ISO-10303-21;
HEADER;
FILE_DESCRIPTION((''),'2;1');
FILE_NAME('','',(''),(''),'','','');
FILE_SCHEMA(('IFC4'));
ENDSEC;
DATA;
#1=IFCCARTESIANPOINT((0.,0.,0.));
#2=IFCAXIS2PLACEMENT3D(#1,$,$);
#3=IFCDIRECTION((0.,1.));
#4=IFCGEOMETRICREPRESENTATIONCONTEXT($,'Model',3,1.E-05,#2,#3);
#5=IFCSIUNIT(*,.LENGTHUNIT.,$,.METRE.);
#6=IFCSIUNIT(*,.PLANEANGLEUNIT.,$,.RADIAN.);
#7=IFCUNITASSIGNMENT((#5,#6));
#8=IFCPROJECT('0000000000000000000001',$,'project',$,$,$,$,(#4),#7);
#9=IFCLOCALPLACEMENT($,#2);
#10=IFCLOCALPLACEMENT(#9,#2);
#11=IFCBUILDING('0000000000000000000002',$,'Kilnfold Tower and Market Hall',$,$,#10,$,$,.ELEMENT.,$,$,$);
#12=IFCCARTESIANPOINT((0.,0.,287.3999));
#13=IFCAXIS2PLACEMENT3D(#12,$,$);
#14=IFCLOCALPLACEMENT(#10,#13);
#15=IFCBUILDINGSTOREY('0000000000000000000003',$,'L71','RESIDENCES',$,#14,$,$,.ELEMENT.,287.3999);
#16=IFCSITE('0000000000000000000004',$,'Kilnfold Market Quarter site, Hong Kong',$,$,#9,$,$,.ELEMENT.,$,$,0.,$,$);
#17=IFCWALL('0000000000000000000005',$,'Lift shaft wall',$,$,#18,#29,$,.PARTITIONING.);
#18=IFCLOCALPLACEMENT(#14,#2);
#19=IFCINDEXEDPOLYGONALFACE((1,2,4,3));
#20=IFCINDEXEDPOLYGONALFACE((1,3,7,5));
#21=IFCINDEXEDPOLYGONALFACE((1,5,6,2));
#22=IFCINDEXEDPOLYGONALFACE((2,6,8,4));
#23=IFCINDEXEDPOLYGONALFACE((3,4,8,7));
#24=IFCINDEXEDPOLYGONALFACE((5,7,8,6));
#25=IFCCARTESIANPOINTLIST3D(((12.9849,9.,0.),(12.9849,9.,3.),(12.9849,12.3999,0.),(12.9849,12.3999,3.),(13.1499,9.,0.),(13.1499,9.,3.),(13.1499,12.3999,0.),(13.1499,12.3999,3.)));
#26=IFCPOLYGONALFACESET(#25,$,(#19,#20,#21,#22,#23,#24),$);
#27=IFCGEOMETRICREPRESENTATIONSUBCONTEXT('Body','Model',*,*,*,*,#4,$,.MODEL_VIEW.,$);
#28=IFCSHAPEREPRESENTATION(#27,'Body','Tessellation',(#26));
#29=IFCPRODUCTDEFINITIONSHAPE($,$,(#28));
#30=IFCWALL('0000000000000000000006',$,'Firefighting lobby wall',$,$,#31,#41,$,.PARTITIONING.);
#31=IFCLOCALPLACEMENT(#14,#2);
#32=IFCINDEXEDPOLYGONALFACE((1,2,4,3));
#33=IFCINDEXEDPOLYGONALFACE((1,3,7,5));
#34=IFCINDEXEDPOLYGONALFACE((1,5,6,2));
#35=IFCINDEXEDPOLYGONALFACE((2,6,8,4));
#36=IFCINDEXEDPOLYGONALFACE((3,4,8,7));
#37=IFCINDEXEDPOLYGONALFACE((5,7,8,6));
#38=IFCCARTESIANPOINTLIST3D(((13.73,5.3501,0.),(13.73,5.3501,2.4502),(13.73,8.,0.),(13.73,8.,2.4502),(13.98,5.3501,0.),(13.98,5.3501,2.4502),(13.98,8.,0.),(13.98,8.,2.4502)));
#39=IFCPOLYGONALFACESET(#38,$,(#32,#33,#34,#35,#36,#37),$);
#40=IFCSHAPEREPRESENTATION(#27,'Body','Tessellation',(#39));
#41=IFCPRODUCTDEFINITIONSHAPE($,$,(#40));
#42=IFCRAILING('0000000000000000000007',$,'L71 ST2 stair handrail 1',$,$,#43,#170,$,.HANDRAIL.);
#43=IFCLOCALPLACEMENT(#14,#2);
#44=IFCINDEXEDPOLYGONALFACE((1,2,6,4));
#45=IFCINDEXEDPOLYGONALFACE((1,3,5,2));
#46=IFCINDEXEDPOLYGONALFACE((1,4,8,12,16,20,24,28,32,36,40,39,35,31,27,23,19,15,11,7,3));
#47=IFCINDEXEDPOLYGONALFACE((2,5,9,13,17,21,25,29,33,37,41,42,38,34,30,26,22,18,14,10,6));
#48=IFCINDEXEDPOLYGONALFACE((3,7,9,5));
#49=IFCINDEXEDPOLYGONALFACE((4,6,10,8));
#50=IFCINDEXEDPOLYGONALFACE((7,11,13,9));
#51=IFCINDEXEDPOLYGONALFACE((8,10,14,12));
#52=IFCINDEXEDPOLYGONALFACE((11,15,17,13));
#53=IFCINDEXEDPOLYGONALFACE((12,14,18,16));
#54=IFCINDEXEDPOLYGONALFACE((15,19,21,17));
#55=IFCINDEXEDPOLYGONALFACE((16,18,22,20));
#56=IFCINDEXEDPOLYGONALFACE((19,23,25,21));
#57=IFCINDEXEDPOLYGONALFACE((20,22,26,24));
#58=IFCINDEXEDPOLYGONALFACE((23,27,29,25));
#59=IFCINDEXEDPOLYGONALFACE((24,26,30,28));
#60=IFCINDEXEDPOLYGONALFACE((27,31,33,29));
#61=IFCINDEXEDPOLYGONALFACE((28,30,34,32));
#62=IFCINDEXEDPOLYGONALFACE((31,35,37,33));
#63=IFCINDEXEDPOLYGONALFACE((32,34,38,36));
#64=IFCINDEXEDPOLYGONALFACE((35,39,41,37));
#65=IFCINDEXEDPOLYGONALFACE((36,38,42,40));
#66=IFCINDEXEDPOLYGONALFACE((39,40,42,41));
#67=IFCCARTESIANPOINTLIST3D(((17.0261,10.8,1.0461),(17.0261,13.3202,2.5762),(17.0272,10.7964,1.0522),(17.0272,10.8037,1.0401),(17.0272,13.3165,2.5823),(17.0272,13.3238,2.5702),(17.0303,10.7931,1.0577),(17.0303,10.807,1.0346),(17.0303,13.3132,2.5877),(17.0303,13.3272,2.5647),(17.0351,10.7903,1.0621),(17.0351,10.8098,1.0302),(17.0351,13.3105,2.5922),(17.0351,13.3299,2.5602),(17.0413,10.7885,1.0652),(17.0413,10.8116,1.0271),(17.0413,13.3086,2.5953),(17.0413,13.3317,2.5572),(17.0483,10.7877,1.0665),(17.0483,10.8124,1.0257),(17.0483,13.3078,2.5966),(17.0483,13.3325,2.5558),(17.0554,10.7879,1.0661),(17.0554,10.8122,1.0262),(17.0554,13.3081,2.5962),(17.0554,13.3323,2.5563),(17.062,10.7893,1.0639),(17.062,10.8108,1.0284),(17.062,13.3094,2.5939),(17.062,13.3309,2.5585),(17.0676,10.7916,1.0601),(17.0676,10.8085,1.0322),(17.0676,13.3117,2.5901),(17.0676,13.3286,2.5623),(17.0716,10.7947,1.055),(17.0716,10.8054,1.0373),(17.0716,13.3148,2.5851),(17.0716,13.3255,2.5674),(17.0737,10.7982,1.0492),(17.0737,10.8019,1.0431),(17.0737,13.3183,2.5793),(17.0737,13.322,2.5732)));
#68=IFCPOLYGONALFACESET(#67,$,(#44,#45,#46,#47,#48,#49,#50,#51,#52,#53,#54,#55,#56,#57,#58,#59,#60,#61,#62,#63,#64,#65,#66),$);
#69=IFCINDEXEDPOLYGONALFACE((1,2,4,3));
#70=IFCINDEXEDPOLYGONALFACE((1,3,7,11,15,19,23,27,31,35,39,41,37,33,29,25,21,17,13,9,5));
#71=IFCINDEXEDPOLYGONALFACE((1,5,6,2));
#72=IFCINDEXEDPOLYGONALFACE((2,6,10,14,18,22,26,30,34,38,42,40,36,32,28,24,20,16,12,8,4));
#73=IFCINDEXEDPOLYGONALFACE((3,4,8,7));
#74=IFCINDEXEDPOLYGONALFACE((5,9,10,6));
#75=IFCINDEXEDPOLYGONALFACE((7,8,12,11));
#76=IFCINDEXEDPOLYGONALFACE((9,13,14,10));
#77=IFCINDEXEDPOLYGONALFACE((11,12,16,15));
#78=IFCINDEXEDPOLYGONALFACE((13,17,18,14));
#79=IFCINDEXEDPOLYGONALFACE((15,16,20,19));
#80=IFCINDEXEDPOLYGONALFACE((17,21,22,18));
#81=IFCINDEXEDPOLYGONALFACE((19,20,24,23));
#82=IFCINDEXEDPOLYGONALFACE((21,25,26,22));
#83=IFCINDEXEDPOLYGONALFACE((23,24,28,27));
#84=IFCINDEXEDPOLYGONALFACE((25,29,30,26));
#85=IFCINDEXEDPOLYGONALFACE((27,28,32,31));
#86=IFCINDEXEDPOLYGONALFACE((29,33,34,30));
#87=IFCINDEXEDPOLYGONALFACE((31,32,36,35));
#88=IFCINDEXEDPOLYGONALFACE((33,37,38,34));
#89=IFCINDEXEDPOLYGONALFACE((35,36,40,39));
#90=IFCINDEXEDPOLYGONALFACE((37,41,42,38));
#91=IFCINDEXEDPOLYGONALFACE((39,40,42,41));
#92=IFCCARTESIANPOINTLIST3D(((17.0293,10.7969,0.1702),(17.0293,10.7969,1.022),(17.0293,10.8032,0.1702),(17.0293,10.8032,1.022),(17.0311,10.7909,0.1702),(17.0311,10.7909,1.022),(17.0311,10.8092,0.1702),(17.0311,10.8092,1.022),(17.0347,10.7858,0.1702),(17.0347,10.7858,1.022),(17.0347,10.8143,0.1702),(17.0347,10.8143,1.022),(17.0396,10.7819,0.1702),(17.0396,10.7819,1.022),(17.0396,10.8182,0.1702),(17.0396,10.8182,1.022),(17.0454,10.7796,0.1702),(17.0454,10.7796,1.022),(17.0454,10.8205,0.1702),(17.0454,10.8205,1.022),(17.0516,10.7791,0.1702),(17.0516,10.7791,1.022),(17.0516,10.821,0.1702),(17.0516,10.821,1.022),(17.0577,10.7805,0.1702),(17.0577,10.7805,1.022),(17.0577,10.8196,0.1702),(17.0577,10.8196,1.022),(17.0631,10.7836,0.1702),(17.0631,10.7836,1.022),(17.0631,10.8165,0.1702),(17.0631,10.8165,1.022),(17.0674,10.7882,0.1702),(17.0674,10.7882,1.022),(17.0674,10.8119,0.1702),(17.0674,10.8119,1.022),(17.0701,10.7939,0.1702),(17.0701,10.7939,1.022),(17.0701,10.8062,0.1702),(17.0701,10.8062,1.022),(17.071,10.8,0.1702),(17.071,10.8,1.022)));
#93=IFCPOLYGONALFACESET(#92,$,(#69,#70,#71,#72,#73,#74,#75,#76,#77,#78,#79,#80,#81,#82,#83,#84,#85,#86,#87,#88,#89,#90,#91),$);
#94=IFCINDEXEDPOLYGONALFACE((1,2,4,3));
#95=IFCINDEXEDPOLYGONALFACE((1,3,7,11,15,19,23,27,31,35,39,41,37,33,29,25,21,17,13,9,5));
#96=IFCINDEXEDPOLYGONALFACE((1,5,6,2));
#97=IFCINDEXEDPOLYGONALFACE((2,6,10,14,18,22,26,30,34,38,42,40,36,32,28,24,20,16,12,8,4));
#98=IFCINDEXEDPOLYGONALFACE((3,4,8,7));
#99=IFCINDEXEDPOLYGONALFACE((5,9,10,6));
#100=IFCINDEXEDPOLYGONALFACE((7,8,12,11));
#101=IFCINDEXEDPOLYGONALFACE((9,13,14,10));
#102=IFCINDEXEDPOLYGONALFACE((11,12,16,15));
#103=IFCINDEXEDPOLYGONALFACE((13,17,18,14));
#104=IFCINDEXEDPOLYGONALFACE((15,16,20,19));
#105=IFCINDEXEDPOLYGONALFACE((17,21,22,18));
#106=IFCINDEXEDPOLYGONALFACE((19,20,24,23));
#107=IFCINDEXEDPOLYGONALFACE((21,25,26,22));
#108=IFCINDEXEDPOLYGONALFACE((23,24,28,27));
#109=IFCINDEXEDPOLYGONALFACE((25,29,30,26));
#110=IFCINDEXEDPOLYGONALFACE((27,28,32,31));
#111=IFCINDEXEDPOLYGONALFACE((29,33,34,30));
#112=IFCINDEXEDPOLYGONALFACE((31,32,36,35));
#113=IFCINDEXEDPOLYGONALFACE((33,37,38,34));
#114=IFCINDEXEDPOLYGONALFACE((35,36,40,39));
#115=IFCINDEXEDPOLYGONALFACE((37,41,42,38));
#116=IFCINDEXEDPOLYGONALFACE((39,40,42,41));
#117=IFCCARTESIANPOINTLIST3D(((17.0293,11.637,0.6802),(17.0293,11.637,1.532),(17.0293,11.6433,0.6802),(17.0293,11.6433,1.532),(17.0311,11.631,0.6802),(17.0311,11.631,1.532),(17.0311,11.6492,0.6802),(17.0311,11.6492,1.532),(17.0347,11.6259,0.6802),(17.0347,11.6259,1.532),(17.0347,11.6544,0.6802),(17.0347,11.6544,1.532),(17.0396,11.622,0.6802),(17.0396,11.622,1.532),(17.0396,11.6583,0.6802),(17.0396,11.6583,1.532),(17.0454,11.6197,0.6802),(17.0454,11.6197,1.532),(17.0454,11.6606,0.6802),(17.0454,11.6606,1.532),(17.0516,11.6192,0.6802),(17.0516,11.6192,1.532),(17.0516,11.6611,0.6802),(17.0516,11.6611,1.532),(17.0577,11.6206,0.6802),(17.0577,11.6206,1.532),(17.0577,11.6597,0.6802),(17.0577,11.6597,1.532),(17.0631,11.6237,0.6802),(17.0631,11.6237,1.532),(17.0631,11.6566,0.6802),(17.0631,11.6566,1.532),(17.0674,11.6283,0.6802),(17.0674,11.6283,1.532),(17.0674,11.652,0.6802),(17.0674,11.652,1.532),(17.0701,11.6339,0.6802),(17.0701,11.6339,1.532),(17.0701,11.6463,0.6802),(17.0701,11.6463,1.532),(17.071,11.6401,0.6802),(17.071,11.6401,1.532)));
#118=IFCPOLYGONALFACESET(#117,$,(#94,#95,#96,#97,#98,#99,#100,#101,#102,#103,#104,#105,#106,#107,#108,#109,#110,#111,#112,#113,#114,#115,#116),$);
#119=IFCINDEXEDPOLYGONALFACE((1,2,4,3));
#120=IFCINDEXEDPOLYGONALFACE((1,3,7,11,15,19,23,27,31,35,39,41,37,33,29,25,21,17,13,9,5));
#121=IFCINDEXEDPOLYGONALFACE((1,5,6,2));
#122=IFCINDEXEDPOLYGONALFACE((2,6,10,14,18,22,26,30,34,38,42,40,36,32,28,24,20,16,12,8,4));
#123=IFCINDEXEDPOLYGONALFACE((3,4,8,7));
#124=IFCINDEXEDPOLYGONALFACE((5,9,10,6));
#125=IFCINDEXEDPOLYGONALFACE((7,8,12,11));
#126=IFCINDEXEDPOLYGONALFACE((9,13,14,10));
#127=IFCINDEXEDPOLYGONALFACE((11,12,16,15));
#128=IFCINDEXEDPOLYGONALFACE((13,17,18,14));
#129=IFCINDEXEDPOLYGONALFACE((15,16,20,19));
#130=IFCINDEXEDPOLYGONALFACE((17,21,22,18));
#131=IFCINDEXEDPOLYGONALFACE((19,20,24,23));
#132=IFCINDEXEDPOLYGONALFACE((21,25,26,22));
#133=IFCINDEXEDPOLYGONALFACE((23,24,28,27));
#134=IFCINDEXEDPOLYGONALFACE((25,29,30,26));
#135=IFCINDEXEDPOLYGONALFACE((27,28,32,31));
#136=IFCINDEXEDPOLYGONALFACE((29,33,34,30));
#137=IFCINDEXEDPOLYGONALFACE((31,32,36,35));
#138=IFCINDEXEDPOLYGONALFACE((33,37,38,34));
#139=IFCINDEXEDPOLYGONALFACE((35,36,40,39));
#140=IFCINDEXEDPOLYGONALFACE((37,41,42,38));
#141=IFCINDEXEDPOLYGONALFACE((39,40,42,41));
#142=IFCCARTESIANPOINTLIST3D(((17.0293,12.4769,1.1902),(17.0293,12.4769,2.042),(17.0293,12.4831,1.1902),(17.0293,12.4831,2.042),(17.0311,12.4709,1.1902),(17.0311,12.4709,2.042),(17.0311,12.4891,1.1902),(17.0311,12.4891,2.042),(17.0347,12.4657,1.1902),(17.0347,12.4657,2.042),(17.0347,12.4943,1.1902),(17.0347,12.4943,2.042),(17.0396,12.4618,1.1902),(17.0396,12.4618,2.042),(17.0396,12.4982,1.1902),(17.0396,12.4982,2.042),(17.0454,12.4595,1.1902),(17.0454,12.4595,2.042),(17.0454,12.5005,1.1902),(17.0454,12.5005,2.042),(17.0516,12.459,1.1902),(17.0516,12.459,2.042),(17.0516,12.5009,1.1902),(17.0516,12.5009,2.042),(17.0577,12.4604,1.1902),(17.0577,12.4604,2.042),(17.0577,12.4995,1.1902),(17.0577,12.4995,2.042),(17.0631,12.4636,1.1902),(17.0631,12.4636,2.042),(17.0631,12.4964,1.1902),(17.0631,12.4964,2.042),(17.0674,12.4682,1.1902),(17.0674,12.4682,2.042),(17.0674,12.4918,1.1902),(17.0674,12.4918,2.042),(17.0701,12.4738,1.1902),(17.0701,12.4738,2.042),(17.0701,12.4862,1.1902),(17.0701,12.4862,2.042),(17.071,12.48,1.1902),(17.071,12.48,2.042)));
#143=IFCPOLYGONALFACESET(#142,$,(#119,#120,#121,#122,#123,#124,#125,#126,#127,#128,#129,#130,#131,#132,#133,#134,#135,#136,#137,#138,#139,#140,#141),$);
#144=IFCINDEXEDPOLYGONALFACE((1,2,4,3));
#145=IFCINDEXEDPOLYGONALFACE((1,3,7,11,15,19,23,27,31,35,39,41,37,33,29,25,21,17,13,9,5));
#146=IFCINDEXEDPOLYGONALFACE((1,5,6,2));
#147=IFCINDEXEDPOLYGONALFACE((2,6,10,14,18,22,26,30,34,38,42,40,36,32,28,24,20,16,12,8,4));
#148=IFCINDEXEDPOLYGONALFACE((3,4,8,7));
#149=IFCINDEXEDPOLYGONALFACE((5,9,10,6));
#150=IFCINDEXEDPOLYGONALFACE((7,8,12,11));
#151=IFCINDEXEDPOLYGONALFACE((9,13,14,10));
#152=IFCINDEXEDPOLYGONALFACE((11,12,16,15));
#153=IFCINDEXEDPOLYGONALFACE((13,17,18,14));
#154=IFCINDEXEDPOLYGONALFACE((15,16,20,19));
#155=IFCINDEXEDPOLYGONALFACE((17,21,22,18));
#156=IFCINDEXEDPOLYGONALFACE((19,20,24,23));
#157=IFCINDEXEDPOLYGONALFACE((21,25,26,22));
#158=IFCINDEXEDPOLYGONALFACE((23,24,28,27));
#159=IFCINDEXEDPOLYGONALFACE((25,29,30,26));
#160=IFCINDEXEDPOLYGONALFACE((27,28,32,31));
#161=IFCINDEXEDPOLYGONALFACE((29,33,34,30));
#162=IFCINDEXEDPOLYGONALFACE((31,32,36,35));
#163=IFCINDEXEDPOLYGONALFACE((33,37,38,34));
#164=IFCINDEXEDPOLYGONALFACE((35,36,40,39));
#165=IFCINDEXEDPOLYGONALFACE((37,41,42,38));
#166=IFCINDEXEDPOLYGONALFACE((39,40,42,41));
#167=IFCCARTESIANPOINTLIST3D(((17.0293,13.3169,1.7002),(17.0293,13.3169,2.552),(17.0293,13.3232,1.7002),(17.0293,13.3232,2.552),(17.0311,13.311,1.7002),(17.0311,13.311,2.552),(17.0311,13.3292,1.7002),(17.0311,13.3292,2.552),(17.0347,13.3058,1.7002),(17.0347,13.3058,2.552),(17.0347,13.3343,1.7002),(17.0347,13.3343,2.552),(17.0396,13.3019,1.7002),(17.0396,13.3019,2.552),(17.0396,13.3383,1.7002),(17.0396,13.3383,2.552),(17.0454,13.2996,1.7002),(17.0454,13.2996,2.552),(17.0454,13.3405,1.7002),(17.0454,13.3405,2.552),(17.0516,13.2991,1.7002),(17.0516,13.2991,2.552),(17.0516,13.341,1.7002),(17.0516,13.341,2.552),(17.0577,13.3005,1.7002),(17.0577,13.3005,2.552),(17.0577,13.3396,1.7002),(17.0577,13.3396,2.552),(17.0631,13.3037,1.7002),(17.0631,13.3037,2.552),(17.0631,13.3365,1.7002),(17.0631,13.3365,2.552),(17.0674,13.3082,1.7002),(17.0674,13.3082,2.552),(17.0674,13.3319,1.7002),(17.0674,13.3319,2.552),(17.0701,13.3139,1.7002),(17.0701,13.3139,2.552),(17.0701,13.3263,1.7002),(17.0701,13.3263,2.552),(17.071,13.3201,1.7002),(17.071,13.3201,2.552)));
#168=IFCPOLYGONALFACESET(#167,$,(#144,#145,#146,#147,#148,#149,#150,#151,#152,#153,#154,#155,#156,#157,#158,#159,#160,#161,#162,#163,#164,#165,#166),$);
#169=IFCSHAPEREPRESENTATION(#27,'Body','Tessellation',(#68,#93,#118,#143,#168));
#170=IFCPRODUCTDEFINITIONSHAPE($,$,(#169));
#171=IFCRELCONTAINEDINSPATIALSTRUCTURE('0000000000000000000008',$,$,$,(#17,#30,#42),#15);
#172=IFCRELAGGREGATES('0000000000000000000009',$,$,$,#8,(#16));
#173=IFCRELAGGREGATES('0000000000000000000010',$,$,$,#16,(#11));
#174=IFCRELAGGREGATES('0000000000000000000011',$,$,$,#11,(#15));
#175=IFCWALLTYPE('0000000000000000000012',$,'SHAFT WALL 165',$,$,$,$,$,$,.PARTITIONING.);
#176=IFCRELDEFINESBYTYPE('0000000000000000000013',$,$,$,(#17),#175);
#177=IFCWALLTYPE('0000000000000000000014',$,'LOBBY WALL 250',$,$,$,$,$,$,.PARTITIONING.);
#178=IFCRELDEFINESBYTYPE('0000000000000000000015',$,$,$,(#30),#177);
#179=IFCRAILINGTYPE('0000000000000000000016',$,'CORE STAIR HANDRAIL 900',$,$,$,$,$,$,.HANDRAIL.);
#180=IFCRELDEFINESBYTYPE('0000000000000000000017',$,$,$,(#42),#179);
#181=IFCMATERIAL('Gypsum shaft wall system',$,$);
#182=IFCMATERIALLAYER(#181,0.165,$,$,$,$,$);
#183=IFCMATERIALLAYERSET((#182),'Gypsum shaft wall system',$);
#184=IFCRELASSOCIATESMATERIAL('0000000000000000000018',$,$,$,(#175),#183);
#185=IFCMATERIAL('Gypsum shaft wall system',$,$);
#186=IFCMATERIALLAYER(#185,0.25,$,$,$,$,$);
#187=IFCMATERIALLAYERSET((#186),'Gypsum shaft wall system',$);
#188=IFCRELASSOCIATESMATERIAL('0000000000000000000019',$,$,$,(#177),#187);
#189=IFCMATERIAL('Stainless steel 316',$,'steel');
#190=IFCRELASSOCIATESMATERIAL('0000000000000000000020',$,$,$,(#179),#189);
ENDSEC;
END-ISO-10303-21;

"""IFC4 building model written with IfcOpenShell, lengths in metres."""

from ifc_helpers import new_model, si_unit, direction, frame, frame_2d, origin, origin_2d, place, context, subcontext, project, spatial, rectangle, circle, extrude, source, transform, mapped, material, layer, layer_set, type_object, element, save


model = new_model("IFC4")

# Units and contexts
model_context = context("Model", 3, precision=1e-05, world=origin(), true_north=direction((0.0, 1.0)))
body_context = subcontext(model_context, "Body", "Model", "MODEL_VIEW")
ifc_project = project(units=[si_unit("LENGTHUNIT", "METRE"), si_unit("PLANEANGLEUNIT", "RADIAN")], contexts=[model_context])

# Site, building, storey
site_placement = place(None, origin())
site = spatial("IfcSite", under=ifc_project, at=site_placement, Name="Kilnfold Market Quarter site, Hong Kong", CompositionType="ELEMENT", RefElevation=0.0)
building_placement = place(site_placement, origin())
building = spatial("IfcBuilding", under=site, at=building_placement, Name="Kilnfold Tower and Market Hall", CompositionType="ELEMENT")
storey_placement = place(building_placement, frame((0.0, 0.0, 287.3999)))
storey = spatial("IfcBuildingStorey", under=building, at=storey_placement, Name="L71", Description="RESIDENCES", CompositionType="ELEMENT", Elevation=287.3999)

# Walls
ifc_material_1 = material(Name="Gypsum shaft wall system")
ifc_layer_1 = layer(ifc_material_1, 0.165)
ifc_layer_set_1 = layer_set([ifc_layer_1], Name="Gypsum shaft wall system")
wall_type_1 = type_object("IfcWallType", Name="SHAFT WALL 165", PredefinedType="PARTITIONING", material=ifc_layer_set_1)
shared_shape_1 = source(origin(), body_context, "Body", "SweptSolid", [
    extrude(rectangle(XDim=3.3999, YDim=0.165, at=frame_2d((1.7, 0.0))), origin(), (0.0, 0.0, 1.0), 3.0),
])
wall_1_placement = place(storey_placement, frame((13.0674, 9.0, 0.0), z_axis=(0.0, 0.0, 1.0), x_axis=(0.0, 1.0, 0.0)))
element("IfcWall", 1, at=wall_1_placement, inside=storey, type_object=wall_type_1, Name="Lift shaft wall", PredefinedType="PARTITIONING", context=body_context, shape_type="MappedRepresentation", body=[
    mapped(shared_shape_1, transform((0.0, 0.0, 0.0))),
])
ifc_material_2 = material(Name="Gypsum shaft wall system")
ifc_layer_2 = layer(ifc_material_2, 0.25)
ifc_layer_set_2 = layer_set([ifc_layer_2], Name="Gypsum shaft wall system")
wall_type_2 = type_object("IfcWallType", Name="LOBBY WALL 250", PredefinedType="PARTITIONING", material=ifc_layer_set_2)
shared_shape_2 = source(origin(), body_context, "Body", "SweptSolid", [
    extrude(rectangle(XDim=2.6499, YDim=0.25, at=frame_2d((1.325, 0.0))), origin(), (0.0, 0.0, 1.0), 2.4502),
])
wall_2_placement = place(storey_placement, frame((13.855, 5.3501, 0.0), z_axis=(0.0, 0.0, 1.0), x_axis=(0.0, 1.0, 0.0)))
element("IfcWall", 2, at=wall_2_placement, inside=storey, type_object=wall_type_2, Name="Firefighting lobby wall", PredefinedType="PARTITIONING", context=body_context, shape_type="MappedRepresentation", body=[
    mapped(shared_shape_2, transform((0.0, 0.0, 0.0))),
])

# Railing
ifc_material_3 = material(Name="Stainless steel 316", Category="steel")
railing_type_1 = type_object("IfcRailingType", Name="CORE STAIR HANDRAIL 900", PredefinedType="HANDRAIL", material=ifc_material_3)
railing_1_placement = place(storey_placement, frame((17.05, 10.8, 0.1702)))
element("IfcRailing", 3, at=railing_1_placement, inside=storey, type_object=railing_type_1, Name="L71 ST2 stair handrail 1", PredefinedType="HANDRAIL", context=body_context, shape_type="SweptSolid", body=[
    extrude(circle(Radius=0.0239, at=origin_2d()), frame((0.0, 0.0, 0.876), z_axis=(0.0, 0.854785, 0.518982), x_axis=(-1.0, 0.0, 0.0)), (0.0, 0.0, 1.0), 2.9482),
    extrude(circle(Radius=0.021, at=origin_2d()), origin(), (0.0, 0.0, 1.0), 0.8518),
    extrude(circle(Radius=0.021, at=origin_2d()), frame((0.0, 0.8401, 0.51)), (0.0, 0.0, 1.0), 0.8518),
    extrude(circle(Radius=0.021, at=origin_2d()), frame((0.0, 1.6799, 1.02)), (0.0, 0.0, 1.0), 0.8518),
    extrude(circle(Radius=0.021, at=origin_2d()), frame((0.0, 2.52, 1.53)), (0.0, 0.0, 1.0), 0.8518),
])

save(model, "model.ifc")
